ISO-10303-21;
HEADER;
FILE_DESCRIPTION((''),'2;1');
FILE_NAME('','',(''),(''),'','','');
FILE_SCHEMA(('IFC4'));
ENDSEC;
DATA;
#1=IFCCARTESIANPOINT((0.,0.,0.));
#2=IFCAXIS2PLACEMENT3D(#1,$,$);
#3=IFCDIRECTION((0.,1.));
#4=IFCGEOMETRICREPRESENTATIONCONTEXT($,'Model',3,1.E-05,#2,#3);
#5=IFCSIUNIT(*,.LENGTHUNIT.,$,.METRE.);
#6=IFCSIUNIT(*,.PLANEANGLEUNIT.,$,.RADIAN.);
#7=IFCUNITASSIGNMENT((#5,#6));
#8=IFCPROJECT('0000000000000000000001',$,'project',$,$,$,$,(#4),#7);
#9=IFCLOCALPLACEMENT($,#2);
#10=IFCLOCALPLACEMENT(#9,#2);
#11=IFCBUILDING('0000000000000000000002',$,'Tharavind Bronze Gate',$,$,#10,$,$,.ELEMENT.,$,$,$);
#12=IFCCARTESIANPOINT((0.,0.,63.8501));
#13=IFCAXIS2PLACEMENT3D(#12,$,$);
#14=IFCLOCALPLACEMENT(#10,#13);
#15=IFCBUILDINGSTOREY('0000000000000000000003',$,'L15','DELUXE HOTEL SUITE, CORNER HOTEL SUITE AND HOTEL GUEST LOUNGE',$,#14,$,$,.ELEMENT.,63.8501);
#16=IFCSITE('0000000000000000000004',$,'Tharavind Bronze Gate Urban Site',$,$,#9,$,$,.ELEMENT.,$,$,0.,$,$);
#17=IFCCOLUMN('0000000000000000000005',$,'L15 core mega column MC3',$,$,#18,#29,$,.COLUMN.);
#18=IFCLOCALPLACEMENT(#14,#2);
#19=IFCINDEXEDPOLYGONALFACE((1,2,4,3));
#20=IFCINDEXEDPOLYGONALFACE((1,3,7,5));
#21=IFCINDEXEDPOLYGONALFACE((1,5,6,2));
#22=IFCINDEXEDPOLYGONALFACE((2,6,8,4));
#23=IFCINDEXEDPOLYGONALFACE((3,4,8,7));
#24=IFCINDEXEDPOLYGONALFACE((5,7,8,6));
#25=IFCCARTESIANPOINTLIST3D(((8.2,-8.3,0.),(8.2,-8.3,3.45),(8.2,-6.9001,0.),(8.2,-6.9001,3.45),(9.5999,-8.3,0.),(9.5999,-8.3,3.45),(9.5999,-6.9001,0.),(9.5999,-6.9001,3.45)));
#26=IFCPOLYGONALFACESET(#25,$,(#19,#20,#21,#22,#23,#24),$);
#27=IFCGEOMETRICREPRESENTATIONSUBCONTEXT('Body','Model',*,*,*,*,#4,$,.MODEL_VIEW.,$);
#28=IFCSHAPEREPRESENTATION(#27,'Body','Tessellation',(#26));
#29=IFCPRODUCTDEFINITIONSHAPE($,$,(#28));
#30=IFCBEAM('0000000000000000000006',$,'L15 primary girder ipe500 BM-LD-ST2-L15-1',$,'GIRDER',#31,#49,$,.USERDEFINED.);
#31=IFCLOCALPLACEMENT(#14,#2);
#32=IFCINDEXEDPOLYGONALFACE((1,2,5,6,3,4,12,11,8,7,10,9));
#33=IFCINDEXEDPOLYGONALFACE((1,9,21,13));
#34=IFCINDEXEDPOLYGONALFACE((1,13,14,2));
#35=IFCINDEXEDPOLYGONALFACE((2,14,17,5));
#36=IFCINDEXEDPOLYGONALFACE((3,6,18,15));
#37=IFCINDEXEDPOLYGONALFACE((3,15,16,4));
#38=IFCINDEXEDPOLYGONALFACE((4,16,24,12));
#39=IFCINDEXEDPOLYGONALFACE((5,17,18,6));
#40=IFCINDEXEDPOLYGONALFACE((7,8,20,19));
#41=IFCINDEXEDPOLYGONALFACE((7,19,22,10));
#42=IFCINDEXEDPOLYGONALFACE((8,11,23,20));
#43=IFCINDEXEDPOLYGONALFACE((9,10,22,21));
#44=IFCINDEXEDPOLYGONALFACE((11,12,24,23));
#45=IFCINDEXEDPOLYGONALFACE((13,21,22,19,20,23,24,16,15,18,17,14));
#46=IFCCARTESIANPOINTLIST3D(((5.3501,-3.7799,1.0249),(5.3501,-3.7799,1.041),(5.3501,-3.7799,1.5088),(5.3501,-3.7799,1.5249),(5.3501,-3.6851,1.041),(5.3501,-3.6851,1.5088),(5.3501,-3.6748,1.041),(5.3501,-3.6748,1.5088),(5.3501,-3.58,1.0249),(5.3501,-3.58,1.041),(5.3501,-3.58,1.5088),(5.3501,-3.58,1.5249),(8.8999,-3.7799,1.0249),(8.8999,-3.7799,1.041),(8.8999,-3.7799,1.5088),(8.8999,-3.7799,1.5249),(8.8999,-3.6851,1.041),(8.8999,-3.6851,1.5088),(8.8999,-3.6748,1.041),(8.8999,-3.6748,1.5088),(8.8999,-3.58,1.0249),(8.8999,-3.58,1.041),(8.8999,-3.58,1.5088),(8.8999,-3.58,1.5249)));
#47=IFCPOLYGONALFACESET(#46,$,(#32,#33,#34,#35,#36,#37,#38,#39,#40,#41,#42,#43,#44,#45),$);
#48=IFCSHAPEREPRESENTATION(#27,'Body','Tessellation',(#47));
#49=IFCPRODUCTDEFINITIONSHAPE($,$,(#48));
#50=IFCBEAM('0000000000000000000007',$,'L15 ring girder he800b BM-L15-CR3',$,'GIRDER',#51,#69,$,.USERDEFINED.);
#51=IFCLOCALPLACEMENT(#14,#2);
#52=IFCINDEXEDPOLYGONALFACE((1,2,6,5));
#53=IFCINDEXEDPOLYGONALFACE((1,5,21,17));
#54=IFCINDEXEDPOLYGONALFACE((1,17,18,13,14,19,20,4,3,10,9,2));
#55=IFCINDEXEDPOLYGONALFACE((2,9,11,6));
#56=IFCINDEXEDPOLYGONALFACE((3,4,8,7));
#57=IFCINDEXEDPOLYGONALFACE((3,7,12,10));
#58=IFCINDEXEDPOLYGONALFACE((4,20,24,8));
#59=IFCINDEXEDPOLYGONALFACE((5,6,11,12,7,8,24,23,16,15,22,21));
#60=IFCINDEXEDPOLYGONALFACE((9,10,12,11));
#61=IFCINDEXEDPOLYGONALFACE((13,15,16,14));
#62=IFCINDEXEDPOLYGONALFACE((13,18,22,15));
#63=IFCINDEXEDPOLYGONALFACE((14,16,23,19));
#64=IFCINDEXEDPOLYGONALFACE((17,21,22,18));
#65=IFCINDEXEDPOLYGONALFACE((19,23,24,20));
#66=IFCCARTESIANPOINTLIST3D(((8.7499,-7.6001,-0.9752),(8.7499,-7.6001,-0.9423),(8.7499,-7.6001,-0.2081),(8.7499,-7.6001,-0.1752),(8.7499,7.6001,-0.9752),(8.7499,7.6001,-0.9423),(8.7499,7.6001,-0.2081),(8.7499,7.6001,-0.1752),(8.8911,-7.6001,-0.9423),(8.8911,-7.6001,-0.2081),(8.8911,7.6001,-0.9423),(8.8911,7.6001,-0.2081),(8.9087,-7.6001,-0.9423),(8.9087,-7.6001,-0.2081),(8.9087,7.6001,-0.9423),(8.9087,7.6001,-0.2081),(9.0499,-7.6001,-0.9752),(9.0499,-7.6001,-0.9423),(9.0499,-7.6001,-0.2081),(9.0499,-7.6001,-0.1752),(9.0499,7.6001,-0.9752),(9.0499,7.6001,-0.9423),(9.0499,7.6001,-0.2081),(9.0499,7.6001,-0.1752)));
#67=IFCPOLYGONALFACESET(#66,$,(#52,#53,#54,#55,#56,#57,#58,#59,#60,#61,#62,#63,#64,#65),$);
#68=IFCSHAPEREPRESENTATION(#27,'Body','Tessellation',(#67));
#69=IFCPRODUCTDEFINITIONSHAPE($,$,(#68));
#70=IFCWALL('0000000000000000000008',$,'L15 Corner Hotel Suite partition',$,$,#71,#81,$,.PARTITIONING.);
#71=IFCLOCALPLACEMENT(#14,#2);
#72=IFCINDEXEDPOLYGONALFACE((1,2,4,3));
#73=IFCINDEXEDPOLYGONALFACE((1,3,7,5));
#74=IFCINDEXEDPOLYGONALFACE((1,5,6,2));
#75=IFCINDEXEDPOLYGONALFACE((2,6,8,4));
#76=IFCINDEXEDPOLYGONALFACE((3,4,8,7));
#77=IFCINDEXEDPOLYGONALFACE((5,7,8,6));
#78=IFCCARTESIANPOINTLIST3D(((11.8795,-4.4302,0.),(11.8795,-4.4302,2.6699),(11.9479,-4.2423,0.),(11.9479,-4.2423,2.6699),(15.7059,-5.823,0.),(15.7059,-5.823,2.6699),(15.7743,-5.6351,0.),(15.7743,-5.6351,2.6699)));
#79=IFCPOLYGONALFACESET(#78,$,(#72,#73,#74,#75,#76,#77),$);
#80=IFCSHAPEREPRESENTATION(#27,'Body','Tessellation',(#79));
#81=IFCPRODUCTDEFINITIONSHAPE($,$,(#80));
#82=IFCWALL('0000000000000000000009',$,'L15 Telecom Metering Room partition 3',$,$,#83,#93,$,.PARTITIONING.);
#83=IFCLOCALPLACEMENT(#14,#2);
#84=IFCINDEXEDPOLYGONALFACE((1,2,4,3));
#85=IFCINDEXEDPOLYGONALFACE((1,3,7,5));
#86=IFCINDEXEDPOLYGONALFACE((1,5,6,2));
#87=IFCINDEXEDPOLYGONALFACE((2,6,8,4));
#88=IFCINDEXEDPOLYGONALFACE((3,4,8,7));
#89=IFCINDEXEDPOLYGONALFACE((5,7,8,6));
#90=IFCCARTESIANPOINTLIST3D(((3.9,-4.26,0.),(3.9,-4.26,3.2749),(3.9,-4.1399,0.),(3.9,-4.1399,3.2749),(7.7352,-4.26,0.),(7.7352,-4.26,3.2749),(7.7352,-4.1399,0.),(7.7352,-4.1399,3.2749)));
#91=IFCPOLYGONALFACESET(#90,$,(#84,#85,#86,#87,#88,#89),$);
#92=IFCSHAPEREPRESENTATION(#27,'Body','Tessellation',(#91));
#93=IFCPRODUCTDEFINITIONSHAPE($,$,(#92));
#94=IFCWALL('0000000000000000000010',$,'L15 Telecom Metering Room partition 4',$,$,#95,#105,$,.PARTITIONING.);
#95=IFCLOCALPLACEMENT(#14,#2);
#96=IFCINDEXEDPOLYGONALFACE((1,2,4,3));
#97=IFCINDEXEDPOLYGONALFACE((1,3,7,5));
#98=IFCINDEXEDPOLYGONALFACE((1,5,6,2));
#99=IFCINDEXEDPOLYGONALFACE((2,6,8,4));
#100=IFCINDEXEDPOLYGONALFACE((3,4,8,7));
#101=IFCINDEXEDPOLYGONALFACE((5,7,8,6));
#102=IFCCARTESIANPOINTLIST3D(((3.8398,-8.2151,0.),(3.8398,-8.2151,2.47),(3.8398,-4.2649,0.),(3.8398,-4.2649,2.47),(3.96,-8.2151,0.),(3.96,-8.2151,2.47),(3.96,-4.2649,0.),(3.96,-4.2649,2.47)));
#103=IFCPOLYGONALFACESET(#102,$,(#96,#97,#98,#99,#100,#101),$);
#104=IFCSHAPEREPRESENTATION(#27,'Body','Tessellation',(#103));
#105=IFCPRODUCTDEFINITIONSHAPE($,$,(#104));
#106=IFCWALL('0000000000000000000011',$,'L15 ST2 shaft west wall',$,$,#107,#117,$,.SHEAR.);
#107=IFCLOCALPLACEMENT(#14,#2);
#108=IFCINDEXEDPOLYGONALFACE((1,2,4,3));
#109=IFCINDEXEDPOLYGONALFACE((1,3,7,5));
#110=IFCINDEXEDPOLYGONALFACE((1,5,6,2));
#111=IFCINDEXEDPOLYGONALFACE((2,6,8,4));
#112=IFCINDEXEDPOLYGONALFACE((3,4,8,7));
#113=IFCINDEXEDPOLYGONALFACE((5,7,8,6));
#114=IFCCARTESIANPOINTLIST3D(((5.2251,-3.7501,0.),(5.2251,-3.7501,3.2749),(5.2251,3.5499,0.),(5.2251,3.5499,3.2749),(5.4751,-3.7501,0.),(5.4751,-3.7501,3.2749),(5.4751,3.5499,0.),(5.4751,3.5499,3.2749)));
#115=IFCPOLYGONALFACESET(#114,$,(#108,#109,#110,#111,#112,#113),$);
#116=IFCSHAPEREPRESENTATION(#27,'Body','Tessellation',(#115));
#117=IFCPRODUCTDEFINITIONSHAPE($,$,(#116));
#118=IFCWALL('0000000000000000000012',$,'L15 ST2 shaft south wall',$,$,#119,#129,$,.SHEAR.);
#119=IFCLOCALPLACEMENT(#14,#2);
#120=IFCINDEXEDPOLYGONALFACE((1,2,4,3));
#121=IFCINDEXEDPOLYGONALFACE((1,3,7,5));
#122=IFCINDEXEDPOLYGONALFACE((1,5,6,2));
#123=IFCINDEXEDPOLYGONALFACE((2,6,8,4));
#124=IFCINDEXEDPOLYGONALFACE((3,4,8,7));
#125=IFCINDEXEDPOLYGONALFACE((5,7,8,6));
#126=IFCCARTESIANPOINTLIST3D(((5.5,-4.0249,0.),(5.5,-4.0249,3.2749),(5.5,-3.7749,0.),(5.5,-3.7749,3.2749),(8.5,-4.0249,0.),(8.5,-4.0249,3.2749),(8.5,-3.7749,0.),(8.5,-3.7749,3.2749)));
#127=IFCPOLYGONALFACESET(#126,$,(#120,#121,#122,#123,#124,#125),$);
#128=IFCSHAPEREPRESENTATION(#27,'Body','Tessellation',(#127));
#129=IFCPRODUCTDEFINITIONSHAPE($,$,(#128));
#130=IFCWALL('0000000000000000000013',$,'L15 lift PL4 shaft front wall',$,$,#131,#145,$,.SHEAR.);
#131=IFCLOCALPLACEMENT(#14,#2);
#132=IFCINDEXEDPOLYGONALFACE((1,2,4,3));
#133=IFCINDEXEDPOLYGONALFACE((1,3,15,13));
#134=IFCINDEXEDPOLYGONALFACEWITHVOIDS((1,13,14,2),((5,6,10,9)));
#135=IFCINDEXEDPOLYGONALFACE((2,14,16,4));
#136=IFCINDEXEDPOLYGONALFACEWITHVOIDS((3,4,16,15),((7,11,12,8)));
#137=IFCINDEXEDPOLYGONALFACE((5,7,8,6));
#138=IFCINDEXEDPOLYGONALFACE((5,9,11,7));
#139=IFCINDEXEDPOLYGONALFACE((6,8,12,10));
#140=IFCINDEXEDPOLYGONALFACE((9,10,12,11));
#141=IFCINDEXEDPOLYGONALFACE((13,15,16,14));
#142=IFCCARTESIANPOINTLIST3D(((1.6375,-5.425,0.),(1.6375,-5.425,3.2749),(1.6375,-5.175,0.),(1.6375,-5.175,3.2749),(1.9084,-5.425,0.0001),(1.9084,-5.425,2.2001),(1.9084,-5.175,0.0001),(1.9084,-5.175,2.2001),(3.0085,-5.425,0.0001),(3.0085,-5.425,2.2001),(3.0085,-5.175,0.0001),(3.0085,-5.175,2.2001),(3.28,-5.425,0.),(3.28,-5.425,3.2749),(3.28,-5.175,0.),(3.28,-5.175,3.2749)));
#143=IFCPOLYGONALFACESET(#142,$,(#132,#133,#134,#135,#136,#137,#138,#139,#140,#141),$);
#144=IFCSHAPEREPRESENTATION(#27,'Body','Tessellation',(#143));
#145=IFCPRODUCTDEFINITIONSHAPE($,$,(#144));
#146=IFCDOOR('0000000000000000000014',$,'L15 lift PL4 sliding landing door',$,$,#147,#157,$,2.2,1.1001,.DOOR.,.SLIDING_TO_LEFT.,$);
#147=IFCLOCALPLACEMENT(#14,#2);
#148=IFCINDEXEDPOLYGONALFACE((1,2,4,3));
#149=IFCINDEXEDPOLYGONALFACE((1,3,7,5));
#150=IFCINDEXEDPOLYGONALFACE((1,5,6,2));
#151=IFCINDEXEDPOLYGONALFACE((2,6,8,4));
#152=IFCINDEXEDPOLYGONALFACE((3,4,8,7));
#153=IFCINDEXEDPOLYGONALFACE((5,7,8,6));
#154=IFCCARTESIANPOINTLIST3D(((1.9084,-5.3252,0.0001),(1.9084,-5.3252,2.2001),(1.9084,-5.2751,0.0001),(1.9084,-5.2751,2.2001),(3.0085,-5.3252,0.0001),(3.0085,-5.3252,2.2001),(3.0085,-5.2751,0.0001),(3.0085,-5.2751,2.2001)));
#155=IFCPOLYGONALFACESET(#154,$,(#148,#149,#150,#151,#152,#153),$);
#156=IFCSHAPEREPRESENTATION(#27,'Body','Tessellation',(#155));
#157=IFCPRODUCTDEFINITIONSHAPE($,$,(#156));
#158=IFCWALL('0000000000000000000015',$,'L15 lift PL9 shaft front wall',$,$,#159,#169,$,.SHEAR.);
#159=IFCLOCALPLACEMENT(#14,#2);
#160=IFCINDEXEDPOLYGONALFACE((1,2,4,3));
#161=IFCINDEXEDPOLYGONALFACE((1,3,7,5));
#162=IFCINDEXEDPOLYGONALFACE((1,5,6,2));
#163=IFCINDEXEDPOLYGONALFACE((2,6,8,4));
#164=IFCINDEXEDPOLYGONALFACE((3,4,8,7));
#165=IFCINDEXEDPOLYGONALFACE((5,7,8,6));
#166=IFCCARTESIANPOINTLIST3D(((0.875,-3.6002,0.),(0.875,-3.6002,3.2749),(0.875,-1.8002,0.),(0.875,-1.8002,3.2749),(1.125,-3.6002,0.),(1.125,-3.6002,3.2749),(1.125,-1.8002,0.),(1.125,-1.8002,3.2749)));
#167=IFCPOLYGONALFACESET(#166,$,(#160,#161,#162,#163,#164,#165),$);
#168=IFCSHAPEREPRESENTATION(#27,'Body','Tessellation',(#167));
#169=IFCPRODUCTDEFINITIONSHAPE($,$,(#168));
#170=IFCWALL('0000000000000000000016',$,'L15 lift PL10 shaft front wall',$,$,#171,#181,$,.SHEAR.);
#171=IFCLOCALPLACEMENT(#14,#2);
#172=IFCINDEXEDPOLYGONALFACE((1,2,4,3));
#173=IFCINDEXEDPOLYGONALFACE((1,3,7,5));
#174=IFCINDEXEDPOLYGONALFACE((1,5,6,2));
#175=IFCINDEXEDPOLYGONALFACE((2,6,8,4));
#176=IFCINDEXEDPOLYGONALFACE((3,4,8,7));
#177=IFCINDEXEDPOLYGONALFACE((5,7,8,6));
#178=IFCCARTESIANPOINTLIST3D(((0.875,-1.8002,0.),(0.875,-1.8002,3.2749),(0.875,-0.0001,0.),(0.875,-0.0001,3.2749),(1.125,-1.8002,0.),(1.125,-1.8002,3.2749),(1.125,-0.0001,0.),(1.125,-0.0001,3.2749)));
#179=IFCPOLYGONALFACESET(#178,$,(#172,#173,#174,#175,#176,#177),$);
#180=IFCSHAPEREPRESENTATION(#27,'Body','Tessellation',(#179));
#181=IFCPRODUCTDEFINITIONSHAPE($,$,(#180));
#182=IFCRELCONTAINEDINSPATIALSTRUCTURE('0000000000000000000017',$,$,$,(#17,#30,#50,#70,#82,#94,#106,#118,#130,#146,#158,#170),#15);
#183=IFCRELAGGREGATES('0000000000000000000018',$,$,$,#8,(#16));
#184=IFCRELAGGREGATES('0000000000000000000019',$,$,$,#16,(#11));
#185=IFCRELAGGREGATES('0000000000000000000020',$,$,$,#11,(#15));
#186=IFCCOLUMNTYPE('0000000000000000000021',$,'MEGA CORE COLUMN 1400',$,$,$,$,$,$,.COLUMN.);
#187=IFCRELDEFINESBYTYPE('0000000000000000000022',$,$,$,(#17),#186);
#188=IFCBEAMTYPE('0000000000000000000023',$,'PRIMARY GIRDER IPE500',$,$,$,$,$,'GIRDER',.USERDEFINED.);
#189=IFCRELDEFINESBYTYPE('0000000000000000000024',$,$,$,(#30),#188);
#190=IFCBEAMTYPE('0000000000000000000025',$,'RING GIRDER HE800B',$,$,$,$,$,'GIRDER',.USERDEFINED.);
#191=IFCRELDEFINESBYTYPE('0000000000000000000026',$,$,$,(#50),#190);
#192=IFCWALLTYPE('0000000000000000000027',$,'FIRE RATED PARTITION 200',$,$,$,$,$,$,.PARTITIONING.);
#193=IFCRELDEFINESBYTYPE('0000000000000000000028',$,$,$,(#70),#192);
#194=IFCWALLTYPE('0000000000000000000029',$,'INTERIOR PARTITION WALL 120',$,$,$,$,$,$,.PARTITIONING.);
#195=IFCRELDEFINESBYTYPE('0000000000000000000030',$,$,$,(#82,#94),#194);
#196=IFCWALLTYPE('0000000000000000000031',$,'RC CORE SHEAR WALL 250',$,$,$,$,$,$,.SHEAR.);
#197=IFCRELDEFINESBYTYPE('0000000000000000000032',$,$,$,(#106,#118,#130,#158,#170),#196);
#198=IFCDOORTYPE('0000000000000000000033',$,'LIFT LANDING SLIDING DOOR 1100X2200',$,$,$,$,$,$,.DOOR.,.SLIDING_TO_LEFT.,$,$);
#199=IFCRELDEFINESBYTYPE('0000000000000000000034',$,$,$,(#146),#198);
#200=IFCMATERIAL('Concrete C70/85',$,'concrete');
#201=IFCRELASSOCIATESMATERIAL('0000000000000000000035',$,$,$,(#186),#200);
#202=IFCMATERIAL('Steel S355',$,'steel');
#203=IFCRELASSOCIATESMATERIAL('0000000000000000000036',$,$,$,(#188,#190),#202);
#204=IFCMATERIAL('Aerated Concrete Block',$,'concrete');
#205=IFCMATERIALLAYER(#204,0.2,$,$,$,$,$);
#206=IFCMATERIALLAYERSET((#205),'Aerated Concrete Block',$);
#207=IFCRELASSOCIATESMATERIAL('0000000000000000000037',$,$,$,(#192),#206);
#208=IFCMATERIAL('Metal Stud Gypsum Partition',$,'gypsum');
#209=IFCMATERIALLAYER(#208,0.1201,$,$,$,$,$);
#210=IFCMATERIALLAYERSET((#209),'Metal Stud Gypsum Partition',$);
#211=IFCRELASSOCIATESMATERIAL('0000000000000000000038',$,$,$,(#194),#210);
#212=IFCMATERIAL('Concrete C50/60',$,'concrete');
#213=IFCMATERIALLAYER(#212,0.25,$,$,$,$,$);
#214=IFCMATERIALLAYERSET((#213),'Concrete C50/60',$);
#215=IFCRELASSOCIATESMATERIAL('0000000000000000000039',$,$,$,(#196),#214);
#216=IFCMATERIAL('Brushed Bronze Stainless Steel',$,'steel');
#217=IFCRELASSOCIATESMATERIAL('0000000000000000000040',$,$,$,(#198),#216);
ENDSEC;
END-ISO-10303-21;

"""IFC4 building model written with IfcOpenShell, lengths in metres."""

from ifc_helpers import new_model, si_unit, direction, frame, frame_2d, origin, origin_2d, place, context, subcontext, project, spatial, rectangle, i_section, extrude, material, layer, layer_set, material_profile, profile_set, type_object, element, fill, save


model = new_model("IFC4")

# Units and contexts
model_context = context("Model", 3, precision=1e-05, world=origin(), true_north=direction((0.0, 1.0)))
body_context = subcontext(model_context, "Body", "Model", "MODEL_VIEW")
ifc_project = project(units=[si_unit("LENGTHUNIT", "METRE"), si_unit("PLANEANGLEUNIT", "RADIAN")], contexts=[model_context])

# Site, building, storey
site_placement = place(None, origin())
site = spatial("IfcSite", under=ifc_project, at=site_placement, Name="Tharavind Bronze Gate Urban Site", CompositionType="ELEMENT", RefElevation=0.0)
building_placement = place(site_placement, origin())
building = spatial("IfcBuilding", under=site, at=building_placement, Name="Tharavind Bronze Gate", CompositionType="ELEMENT")
storey_placement = place(building_placement, frame((0.0, 0.0, 63.8501)))
storey = spatial("IfcBuildingStorey", under=building, at=storey_placement, Name="L15", Description="DELUXE HOTEL SUITE, CORNER HOTEL SUITE AND HOTEL GUEST LOUNGE", CompositionType="ELEMENT", Elevation=63.8501)

# Column
ifc_material_1 = material(Name="Concrete C70/85", Category="concrete")
ifc_material_profile_1 = material_profile(ifc_material_1, rectangle(XDim=1.3999, YDim=1.3999, at=origin_2d()), Name="RCCOL1400")
ifc_profile_set_1 = profile_set([ifc_material_profile_1], Name="Concrete C70/85")
column_type = type_object("IfcColumnType", Name="MEGA CORE COLUMN 1400", PredefinedType="COLUMN", material=ifc_profile_set_1)
column_placement = place(storey_placement, frame((8.8999, -7.6001, 0.0), z_axis=(0.0, 0.0, 1.0), x_axis=(1.0, 0.0, 0.0)))
element("IfcColumn", 1, at=column_placement, inside=storey, type_object=column_type, Name="L15 core mega column MC3", PredefinedType="COLUMN", context=body_context, shape_type="SweptSolid", body=[
    extrude(rectangle(XDim=1.3999, YDim=1.3999, at=origin_2d()), origin(), (0.0, 0.0, 1.0), 3.45),
])

# Beams
ifc_material_2 = material(Name="Steel S355", Category="steel")
ifc_material_profile_2 = material_profile(ifc_material_2, i_section(OverallWidth=0.2, OverallDepth=0.5, WebThickness=0.0103, FlangeThickness=0.0161, at=origin_2d()), Name="IPE500")
ifc_profile_set_2 = profile_set([ifc_material_profile_2], Name="Steel S355")
beam_type_1 = type_object("IfcBeamType", Name="PRIMARY GIRDER IPE500", ElementType="GIRDER", PredefinedType="USERDEFINED", material=ifc_profile_set_2)
beam_1_placement = place(storey_placement, frame((5.3501, -3.6799, 1.2749), z_axis=(1.0, 0.0, 0.0), x_axis=(0.0, 1.0, 0.0)))
element("IfcBeam", 2, at=beam_1_placement, inside=storey, type_object=beam_type_1, Name="L15 primary girder ipe500 BM-LD-ST2-L15-1", ObjectType="GIRDER", PredefinedType="USERDEFINED", context=body_context, shape_type="SweptSolid", body=[
    extrude(i_section(OverallWidth=0.2, OverallDepth=0.5, WebThickness=0.0103, FlangeThickness=0.0161, at=origin_2d()), origin(), (0.0, 0.0, 1.0), 3.5498),
])
ifc_material_profile_3 = material_profile(ifc_material_2, i_section(OverallWidth=0.3, OverallDepth=0.8, WebThickness=0.0176, FlangeThickness=0.033, at=origin_2d()), Name="HE800B")
ifc_profile_set_3 = profile_set([ifc_material_profile_3], Name="Steel S355")
beam_type_2 = type_object("IfcBeamType", Name="RING GIRDER HE800B", ElementType="GIRDER", PredefinedType="USERDEFINED", material=ifc_profile_set_3)
beam_2_placement = place(storey_placement, frame((8.8999, -7.6001, -0.5752), z_axis=(0.0, 1.0, 0.0), x_axis=(-1.0, 0.0, 0.0)))
element("IfcBeam", 3, at=beam_2_placement, inside=storey, type_object=beam_type_2, Name="L15 ring girder he800b BM-L15-CR3", ObjectType="GIRDER", PredefinedType="USERDEFINED", context=body_context, shape_type="SweptSolid", body=[
    extrude(i_section(OverallWidth=0.3, OverallDepth=0.8, WebThickness=0.0176, FlangeThickness=0.033, at=origin_2d()), origin(), (0.0, 0.0, 1.0), 15.2002),
])

# Wall
ifc_material_3 = material(Name="Aerated Concrete Block", Category="concrete")
ifc_layer_1 = layer(ifc_material_3, 0.2)
ifc_layer_set_1 = layer_set([ifc_layer_1], Name="Aerated Concrete Block")
wall_type_1 = type_object("IfcWallType", Name="FIRE RATED PARTITION 200", PredefinedType="PARTITIONING", material=ifc_layer_set_1)
wall_1_placement = place(storey_placement, frame((11.9136, -4.3362, 0.0), z_axis=(0.0, 0.0, 1.0), x_axis=(0.939683, -0.342046, 0.0)))
element("IfcWall", 4, at=wall_1_placement, inside=storey, type_object=wall_type_1, Name="L15 Corner Hotel Suite partition", PredefinedType="PARTITIONING", context=body_context, shape_type="SweptSolid", body=[
    extrude(rectangle(XDim=4.072, YDim=0.2, at=frame_2d((2.0361, 0.0))), origin(), (0.0, 0.0, 1.0), 2.6699),
])

# Walls
ifc_material_4 = material(Name="Metal Stud Gypsum Partition", Category="gypsum")
ifc_layer_2 = layer(ifc_material_4, 0.1201)
ifc_layer_set_2 = layer_set([ifc_layer_2], Name="Metal Stud Gypsum Partition")
wall_type_2 = type_object("IfcWallType", Name="INTERIOR PARTITION WALL 120", PredefinedType="PARTITIONING", material=ifc_layer_set_2)
wall_2_placement = place(storey_placement, frame((7.7351, -4.2, 0.0), z_axis=(0.0, 0.0, 1.0), x_axis=(-1.0, 0.0, 0.0)))
element("IfcWall", 5, at=wall_2_placement, inside=storey, type_object=wall_type_2, Name="L15 Telecom Metering Room partition 3", PredefinedType="PARTITIONING", context=body_context, shape_type="SweptSolid", body=[
    extrude(rectangle(XDim=3.8352, YDim=0.1201, at=frame_2d((1.9175, 0.0))), origin(), (0.0, 0.0, 1.0), 3.2749),
])
wall_3_placement = place(storey_placement, frame((3.8999, -4.2649, 0.0), z_axis=(0.0, 0.0, 1.0), x_axis=(0.0, -1.0, 0.0)))
element("IfcWall", 6, at=wall_3_placement, inside=storey, type_object=wall_type_2, Name="L15 Telecom Metering Room partition 4", PredefinedType="PARTITIONING", context=body_context, shape_type="SweptSolid", body=[
    extrude(rectangle(XDim=3.9502, YDim=0.1201, at=frame_2d((1.9751, 0.0))), origin(), (0.0, 0.0, 1.0), 2.47),
])
ifc_material_5 = material(Name="Concrete C50/60", Category="concrete")
ifc_layer_3 = layer(ifc_material_5, 0.25)
ifc_layer_set_3 = layer_set([ifc_layer_3], Name="Concrete C50/60")
wall_type_3 = type_object("IfcWallType", Name="RC CORE SHEAR WALL 250", PredefinedType="SHEAR", material=ifc_layer_set_3)
wall_4_placement = place(storey_placement, frame((5.3501, -3.75, 0.0), z_axis=(0.0, 0.0, 1.0), x_axis=(0.0, 1.0, 0.0)))
element("IfcWall", 7, at=wall_4_placement, inside=storey, type_object=wall_type_3, Name="L15 ST2 shaft west wall", PredefinedType="SHEAR", context=body_context, shape_type="SweptSolid", body=[
    extrude(rectangle(XDim=7.3, YDim=0.25, at=frame_2d((3.6499, 0.0))), origin(), (0.0, 0.0, 1.0), 3.2749),
])
wall_5_placement = place(storey_placement, frame((5.5, -3.8999, 0.0), z_axis=(0.0, 0.0, 1.0), x_axis=(1.0, 0.0, 0.0)))
element("IfcWall", 8, at=wall_5_placement, inside=storey, type_object=wall_type_3, Name="L15 ST2 shaft south wall", PredefinedType="SHEAR", context=body_context, shape_type="SweptSolid", body=[
    extrude(rectangle(XDim=3.0, YDim=0.25, at=frame_2d((1.5, 0.0))), origin(), (0.0, 0.0, 1.0), 3.2749),
])

# Wall, opening, door
wall_6_placement = place(storey_placement, frame((1.6375, -5.3, 0.0), z_axis=(0.0, 0.0, 1.0), x_axis=(1.0, 0.0, 0.0)))
wall_6 = element("IfcWall", 9, at=wall_6_placement, inside=storey, type_object=wall_type_3, Name="L15 lift PL4 shaft front wall", PredefinedType="SHEAR", context=body_context, shape_type="SweptSolid", body=[
    extrude(rectangle(XDim=1.6426, YDim=0.25, at=frame_2d((0.8213, 0.0))), origin(), (0.0, 0.0, 1.0), 3.2749),
])
opening_1_placement = place(wall_6_placement, frame((0.271, 0.0, 0.0)))
opening_1 = element("IfcOpeningElement", 10, at=opening_1_placement, cuts=wall_6, PredefinedType="OPENING", context=body_context, shape_type="SweptSolid", body=[
    extrude(rectangle(XDim=1.1001, YDim=2.2, at=frame_2d((0.55, 1.1001))), frame((0.0, 0.135, 0.0), z_axis=(0.0, -1.0, 0.0), x_axis=(1.0, 0.0, 0.0)), (0.0, 0.0, 1.0), 0.27),
])
ifc_material_6 = material(Name="Brushed Bronze Stainless Steel", Category="steel")
door_type_1 = type_object("IfcDoorType", Name="LIFT LANDING SLIDING DOOR 1100X2200", OperationType="SLIDING_TO_LEFT", PredefinedType="DOOR", material=ifc_material_6)
door_1_placement = place(opening_1_placement, origin())
door_1 = element("IfcDoor", 11, at=door_1_placement, inside=storey, type_object=door_type_1, Name="L15 lift PL4 sliding landing door", OperationType="SLIDING_TO_LEFT", OverallHeight=2.2, OverallWidth=1.1001, PredefinedType="DOOR", context=body_context, shape_type="SweptSolid", body=[
    extrude(rectangle(XDim=1.1001, YDim=2.2, at=frame_2d((0.55, 1.1001))), frame((0.0, 0.0249, 0.0), z_axis=(0.0, -1.0, 0.0), x_axis=(1.0, 0.0, 0.0)), (0.0, 0.0, 1.0), 0.05),
])
fill(opening_1, door_1)

# Walls
for number, where, z_axis, x_axis, name in (
    (12, (1.0, -3.6001, 0.0), (0.0, 0.0, 1.0), (0.0, 1.0, 0.0), "L15 lift PL9 shaft front wall"),
    (13, (1.0, -1.8, 0.0), (0.0, 0.0, 1.0), (0.0, 1.0, 0.0), "L15 lift PL10 shaft front wall"),
):
    element("IfcWall", number, at=place(storey_placement, frame(where, z_axis=z_axis, x_axis=x_axis)), inside=storey, type_object=wall_type_3, Name=name, PredefinedType="SHEAR", context=body_context, shape_type="SweptSolid", body=[
        extrude(rectangle(XDim=1.8, YDim=0.25, at=frame_2d((0.8999, 0.0))), origin(), (0.0, 0.0, 1.0), 3.2749),
    ])

save(model, "model.ifc")
